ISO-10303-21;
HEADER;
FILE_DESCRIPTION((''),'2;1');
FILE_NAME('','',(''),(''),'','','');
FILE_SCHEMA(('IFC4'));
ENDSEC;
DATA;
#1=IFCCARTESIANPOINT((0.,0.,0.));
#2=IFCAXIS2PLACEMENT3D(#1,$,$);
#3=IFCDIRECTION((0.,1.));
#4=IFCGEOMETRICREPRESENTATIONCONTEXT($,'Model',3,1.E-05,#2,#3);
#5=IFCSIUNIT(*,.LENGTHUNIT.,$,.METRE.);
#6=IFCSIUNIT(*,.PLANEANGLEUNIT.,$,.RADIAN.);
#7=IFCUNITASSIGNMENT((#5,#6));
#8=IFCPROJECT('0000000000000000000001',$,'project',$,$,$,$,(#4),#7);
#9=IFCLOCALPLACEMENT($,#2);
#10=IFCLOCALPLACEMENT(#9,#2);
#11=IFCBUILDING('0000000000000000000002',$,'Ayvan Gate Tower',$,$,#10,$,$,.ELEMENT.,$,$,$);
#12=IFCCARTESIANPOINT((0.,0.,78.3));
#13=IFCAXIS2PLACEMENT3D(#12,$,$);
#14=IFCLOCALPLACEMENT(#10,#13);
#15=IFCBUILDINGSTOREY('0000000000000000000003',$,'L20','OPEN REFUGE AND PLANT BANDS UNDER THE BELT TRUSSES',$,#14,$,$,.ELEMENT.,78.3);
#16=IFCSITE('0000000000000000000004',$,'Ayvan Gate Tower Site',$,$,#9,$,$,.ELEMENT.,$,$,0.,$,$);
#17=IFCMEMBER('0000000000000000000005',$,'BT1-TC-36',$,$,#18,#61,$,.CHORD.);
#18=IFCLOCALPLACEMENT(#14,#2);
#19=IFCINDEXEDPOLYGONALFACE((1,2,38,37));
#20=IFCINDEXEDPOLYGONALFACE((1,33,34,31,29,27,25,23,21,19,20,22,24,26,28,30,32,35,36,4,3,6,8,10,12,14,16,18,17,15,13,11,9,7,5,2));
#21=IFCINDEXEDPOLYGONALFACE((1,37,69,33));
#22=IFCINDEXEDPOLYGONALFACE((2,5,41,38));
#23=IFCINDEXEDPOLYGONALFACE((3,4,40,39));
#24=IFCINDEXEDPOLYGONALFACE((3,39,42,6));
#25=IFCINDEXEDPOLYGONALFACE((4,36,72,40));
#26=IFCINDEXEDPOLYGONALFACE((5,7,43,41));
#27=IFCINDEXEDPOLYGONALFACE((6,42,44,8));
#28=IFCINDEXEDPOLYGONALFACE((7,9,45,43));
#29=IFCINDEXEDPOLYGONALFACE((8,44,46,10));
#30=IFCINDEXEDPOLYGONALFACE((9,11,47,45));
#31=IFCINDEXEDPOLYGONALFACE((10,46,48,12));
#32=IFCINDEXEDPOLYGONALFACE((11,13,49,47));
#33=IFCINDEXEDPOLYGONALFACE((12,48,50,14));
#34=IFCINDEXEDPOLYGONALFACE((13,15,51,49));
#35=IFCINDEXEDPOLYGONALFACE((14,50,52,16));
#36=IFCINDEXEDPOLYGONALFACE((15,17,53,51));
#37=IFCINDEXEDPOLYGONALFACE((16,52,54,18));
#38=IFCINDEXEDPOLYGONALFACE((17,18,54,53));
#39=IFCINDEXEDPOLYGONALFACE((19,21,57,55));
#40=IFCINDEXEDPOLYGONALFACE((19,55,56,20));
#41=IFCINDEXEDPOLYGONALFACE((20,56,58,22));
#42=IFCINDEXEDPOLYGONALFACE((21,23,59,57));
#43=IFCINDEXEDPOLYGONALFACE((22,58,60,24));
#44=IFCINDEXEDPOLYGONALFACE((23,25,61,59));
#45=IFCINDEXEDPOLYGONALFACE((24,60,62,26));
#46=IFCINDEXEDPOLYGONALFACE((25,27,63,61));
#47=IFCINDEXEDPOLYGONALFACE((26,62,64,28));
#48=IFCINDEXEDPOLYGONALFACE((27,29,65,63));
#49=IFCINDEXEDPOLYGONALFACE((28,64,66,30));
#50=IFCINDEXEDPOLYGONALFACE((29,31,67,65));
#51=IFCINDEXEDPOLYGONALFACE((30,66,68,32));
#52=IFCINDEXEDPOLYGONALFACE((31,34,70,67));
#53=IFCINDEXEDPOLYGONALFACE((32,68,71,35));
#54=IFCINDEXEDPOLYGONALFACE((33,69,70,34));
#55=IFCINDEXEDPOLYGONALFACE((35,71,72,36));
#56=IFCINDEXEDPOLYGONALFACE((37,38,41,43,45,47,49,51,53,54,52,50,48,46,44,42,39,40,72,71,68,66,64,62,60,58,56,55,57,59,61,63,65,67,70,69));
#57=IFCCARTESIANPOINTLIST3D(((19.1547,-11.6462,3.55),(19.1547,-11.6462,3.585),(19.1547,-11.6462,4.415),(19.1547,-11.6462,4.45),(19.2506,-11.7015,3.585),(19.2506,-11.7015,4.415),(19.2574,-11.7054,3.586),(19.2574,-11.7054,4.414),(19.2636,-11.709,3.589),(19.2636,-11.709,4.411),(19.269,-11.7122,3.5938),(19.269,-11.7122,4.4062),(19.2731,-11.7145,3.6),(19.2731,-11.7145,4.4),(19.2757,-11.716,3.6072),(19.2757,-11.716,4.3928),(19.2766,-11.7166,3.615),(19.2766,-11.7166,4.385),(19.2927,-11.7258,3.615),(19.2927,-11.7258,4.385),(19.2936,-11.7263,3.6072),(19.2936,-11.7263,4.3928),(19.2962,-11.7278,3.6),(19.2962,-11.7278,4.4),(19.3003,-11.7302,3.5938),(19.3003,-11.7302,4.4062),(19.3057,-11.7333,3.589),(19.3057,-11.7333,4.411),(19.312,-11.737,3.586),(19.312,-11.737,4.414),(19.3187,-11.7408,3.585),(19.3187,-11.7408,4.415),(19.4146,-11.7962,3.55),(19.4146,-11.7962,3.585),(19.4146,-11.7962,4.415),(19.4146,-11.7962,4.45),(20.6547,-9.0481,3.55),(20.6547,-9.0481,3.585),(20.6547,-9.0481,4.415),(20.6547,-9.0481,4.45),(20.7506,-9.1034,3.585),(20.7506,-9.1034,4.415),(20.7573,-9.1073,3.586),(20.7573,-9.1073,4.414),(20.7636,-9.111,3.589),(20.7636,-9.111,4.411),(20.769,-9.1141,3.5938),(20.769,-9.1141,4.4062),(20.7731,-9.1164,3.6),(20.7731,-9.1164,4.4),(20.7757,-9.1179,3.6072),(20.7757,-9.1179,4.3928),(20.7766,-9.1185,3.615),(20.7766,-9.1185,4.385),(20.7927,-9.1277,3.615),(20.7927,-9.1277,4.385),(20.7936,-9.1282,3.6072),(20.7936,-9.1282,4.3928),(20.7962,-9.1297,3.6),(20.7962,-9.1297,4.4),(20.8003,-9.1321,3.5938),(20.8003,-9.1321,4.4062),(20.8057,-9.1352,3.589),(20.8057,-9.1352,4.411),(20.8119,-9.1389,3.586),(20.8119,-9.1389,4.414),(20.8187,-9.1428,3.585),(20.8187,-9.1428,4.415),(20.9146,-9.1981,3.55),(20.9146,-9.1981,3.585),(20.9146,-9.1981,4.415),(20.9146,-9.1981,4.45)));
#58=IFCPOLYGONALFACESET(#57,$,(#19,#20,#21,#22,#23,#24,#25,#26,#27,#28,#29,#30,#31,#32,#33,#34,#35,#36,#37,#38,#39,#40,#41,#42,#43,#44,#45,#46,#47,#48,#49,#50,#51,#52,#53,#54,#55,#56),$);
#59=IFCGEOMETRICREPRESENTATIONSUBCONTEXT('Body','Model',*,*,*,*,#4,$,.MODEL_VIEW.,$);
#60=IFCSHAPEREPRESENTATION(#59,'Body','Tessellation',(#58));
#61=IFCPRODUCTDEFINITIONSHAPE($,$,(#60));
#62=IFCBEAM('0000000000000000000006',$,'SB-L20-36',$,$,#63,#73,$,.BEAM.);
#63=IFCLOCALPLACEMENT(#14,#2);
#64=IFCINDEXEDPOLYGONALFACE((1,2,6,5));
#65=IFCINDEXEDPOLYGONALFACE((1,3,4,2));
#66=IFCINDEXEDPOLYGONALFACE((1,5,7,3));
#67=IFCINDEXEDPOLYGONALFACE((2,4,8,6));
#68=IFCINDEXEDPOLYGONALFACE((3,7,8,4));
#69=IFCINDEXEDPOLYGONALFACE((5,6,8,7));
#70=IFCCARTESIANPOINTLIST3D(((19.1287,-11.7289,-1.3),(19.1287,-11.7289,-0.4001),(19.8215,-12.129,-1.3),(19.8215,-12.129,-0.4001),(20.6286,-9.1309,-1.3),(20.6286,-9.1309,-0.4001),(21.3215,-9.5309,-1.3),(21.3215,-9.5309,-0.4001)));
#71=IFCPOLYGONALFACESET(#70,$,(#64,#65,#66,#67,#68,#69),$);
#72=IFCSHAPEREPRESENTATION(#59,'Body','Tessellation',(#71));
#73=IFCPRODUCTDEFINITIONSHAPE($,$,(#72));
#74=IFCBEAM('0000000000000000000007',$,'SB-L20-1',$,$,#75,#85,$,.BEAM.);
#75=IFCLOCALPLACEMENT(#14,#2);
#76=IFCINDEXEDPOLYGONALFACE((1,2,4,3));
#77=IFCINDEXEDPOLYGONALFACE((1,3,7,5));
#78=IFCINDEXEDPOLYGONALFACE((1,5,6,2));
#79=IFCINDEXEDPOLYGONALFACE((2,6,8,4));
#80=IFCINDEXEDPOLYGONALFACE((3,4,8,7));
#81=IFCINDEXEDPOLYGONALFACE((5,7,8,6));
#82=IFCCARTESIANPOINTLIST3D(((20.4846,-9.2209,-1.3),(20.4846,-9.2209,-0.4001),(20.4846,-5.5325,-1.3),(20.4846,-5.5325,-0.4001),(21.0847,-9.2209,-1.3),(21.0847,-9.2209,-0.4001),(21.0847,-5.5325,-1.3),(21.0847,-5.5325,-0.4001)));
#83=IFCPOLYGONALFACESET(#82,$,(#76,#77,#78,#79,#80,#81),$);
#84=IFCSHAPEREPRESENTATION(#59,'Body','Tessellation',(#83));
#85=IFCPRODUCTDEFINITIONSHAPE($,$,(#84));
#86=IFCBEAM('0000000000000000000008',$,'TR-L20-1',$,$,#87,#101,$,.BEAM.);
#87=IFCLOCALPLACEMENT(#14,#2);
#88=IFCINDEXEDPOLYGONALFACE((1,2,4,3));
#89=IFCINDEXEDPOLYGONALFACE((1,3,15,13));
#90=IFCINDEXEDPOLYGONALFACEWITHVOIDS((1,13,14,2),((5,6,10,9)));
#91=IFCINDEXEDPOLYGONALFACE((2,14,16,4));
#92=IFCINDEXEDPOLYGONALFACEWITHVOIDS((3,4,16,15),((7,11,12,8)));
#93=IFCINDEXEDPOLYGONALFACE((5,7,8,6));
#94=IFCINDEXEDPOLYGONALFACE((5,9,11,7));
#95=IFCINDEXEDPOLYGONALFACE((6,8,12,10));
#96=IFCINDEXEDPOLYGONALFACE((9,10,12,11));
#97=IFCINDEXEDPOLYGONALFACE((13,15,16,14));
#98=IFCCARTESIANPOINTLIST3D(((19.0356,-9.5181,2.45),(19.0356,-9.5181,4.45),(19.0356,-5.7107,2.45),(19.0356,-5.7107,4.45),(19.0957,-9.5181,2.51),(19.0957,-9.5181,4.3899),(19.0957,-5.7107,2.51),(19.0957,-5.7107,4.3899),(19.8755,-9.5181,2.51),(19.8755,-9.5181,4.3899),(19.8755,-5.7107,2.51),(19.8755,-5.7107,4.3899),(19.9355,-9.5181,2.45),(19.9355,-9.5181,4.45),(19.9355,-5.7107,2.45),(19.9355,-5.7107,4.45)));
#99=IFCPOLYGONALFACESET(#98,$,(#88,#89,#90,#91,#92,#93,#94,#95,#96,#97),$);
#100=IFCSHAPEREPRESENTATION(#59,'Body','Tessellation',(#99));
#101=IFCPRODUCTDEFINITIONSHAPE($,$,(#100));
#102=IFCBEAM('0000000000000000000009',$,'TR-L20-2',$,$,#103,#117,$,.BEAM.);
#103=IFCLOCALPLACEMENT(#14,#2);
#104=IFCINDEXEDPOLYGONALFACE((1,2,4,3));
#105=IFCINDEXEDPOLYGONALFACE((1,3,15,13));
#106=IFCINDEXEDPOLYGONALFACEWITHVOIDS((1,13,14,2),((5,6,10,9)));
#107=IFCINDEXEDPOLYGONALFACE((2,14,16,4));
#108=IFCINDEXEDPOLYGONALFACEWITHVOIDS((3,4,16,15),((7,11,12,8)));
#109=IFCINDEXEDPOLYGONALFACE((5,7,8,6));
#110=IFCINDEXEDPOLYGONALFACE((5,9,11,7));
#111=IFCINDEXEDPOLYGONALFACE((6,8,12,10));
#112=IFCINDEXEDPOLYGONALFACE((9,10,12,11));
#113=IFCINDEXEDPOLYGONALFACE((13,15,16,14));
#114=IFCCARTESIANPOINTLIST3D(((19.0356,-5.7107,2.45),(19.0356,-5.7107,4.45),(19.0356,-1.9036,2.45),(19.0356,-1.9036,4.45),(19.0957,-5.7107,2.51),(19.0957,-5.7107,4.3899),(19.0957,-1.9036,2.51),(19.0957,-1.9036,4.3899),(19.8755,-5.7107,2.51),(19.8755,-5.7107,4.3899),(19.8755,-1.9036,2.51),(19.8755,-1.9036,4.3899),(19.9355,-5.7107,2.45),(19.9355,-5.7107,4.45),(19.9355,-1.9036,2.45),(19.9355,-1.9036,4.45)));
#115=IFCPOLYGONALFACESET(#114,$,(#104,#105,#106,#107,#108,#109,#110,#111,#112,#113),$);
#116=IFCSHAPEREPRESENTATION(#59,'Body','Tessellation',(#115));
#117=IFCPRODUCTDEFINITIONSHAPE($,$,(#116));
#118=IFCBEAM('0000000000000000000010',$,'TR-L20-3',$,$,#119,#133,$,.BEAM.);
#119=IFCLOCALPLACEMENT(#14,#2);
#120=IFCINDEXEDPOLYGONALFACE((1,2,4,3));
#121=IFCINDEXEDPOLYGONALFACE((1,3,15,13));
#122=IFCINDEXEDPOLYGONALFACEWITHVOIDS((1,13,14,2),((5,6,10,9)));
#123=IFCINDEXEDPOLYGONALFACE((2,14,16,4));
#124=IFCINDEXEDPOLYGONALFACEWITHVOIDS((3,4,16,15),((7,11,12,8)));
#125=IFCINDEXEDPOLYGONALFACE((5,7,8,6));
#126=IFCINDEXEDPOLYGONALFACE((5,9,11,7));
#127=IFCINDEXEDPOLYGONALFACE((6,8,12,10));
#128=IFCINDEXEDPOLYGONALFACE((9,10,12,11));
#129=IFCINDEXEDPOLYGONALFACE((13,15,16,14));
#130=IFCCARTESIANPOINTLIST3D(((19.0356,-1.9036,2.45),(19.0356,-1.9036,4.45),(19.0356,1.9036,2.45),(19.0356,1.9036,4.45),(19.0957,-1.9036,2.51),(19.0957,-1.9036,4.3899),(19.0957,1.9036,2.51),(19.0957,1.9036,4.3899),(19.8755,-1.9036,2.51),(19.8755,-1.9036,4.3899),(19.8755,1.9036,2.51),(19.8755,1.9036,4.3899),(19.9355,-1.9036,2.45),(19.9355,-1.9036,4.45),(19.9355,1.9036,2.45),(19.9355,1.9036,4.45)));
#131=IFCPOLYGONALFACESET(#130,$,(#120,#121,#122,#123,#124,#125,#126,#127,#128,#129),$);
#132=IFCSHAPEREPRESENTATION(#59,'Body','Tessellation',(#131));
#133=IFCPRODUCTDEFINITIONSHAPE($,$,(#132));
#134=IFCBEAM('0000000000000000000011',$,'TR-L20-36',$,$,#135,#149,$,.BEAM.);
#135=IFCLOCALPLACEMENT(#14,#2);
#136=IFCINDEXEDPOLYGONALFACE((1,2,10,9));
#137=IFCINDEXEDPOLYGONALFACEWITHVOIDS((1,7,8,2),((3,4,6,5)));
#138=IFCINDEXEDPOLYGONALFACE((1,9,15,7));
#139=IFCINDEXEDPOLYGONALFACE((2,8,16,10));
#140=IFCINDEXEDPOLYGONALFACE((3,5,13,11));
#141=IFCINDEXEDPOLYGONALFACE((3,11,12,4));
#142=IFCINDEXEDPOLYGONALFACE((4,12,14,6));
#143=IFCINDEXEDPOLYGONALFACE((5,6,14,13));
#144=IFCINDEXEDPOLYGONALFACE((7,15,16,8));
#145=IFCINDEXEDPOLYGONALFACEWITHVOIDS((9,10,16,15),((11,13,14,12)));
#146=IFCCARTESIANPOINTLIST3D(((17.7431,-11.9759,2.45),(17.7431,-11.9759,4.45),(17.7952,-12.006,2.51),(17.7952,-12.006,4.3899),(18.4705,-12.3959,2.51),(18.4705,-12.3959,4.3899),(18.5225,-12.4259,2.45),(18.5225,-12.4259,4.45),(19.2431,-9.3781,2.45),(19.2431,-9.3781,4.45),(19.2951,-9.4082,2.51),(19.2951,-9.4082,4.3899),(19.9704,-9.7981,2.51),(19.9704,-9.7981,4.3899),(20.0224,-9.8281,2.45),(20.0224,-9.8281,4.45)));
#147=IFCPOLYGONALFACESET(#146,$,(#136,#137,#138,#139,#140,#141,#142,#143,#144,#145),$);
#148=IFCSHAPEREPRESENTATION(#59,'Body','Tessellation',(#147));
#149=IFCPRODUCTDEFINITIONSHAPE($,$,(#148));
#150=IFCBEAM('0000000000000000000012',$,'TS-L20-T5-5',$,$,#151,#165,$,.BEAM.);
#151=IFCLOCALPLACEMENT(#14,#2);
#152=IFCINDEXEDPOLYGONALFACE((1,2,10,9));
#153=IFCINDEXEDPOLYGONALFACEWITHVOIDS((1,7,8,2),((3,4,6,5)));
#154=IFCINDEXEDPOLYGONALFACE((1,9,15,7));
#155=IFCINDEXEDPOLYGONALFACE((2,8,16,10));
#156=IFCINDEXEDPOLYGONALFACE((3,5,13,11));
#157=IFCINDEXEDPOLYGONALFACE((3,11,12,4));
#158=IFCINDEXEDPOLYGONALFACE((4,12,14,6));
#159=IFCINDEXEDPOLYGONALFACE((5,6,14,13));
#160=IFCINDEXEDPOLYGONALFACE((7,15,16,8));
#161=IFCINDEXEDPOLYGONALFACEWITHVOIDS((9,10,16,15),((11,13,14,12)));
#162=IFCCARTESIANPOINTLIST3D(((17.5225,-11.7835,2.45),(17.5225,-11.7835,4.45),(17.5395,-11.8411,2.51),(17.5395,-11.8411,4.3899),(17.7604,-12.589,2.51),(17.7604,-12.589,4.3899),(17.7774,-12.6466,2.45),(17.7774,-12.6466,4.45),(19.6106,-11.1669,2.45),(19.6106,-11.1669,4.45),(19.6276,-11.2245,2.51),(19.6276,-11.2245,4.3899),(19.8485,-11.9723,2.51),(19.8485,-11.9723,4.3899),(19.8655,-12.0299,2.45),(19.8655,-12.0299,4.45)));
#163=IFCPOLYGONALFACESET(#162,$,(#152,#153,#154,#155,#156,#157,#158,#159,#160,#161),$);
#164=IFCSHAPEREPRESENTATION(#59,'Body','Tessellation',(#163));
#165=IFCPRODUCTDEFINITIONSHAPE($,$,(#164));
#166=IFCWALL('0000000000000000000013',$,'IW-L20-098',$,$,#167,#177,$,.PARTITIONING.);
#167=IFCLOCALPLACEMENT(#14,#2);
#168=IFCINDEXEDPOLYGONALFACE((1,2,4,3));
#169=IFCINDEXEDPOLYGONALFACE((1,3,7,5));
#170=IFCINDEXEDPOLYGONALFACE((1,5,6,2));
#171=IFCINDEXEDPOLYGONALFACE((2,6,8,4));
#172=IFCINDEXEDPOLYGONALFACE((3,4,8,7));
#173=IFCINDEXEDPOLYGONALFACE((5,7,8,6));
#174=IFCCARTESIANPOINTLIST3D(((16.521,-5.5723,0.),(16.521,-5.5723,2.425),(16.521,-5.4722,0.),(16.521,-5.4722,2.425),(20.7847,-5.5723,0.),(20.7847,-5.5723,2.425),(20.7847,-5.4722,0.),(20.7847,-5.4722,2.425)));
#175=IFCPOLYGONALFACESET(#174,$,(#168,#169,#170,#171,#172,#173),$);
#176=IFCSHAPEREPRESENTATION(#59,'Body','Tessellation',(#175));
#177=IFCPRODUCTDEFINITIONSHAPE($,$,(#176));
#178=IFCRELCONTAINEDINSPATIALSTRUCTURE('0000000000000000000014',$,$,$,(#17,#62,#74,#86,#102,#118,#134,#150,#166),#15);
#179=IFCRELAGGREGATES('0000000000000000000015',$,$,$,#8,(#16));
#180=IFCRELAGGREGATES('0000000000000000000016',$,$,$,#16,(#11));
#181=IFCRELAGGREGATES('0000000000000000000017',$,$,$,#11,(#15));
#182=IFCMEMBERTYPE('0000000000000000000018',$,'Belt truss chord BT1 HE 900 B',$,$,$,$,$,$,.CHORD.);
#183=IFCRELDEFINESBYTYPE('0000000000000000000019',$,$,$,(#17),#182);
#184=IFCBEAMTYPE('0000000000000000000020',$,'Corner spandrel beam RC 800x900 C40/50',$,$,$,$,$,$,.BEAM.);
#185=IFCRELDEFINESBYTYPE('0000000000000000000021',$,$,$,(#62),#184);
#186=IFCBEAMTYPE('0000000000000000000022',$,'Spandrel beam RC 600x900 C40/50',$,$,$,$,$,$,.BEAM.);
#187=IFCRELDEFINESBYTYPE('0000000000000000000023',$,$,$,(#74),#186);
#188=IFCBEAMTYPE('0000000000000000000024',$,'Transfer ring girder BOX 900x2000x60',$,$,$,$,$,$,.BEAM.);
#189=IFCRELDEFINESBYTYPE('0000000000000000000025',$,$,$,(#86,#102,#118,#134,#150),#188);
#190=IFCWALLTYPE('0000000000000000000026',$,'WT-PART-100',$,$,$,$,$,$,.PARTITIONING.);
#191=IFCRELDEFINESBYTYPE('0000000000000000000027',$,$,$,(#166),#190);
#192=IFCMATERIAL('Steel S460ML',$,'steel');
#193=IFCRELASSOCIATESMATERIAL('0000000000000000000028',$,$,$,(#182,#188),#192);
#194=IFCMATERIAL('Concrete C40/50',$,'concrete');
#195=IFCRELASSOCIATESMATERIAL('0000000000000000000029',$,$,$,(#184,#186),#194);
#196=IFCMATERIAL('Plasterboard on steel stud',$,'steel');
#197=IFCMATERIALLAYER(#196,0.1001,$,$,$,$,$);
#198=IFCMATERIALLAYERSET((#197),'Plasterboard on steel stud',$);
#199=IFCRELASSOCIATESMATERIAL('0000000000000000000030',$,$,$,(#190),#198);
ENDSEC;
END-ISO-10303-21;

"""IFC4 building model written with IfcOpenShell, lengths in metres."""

from ifc_helpers import new_model, si_unit, direction, frame, frame_2d, origin, origin_2d, place, context, subcontext, project, spatial, rectangle, hollow_rectangle, i_section, extrude, material, layer, layer_set, material_profile, profile_set, type_object, element, save


model = new_model("IFC4")

# Units and contexts
model_context = context("Model", 3, precision=1e-05, world=origin(), true_north=direction((0.0, 1.0)))
body_context = subcontext(model_context, "Body", "Model", "MODEL_VIEW")
ifc_project = project(units=[si_unit("LENGTHUNIT", "METRE"), si_unit("PLANEANGLEUNIT", "RADIAN")], contexts=[model_context])

# Site, building, storey
site_placement = place(None, origin())
site = spatial("IfcSite", under=ifc_project, at=site_placement, Name="Ayvan Gate Tower Site", CompositionType="ELEMENT", RefElevation=0.0)
building_placement = place(site_placement, origin())
building = spatial("IfcBuilding", under=site, at=building_placement, Name="Ayvan Gate Tower", CompositionType="ELEMENT")
storey_placement = place(building_placement, frame((0.0, 0.0, 78.3)))
storey = spatial("IfcBuildingStorey", under=building, at=storey_placement, Name="L20", Description="OPEN REFUGE AND PLANT BANDS UNDER THE BELT TRUSSES", CompositionType="ELEMENT", Elevation=78.3)

# Member
ifc_material_1 = material(Name="Steel S460ML", Category="steel")
ifc_material_profile_1 = material_profile(ifc_material_1, i_section(OverallWidth=0.3, OverallDepth=0.8999, WebThickness=0.0186, FlangeThickness=0.0349, FilletRadius=0.03, at=origin_2d()), Name="HE 900 B")
ifc_profile_set_1 = profile_set([ifc_material_profile_1], Name="Steel S460ML")
member_type_1 = type_object("IfcMemberType", Name="Belt truss chord BT1 HE 900 B", PredefinedType="CHORD", material=ifc_profile_set_1)
for number, where, z_axis, x_axis, name in (
    (1, (19.2847, -11.7212, 4.0), (0.49999, 0.866031, 0.0), (-0.866031, 0.49999, 0.0), "BT1-TC-36"),
):
    element("IfcMember", number, at=place(storey_placement, frame(where, z_axis=z_axis, x_axis=x_axis)), inside=storey, type_object=member_type_1, Name=name, PredefinedType="CHORD", context=body_context, shape_type="SweptSolid", body=[
        extrude(i_section(OverallWidth=0.3, OverallDepth=0.8999, WebThickness=0.0186, FlangeThickness=0.0349, FilletRadius=0.03, at=origin_2d()), origin(), (0.0, 0.0, 1.0), 3.0),
    ])

# Beams
ifc_material_2 = material(Name="Concrete C40/50", Category="concrete")
ifc_material_profile_2 = material_profile(ifc_material_2, rectangle(XDim=0.8, YDim=0.8999, at=origin_2d()), Name="RC 800x900")
ifc_profile_set_2 = profile_set([ifc_material_profile_2], Name="Concrete C40/50")
beam_type_1 = type_object("IfcBeamType", Name="Corner spandrel beam RC 800x900 C40/50", PredefinedType="BEAM", material=ifc_profile_set_2)
beam_1_placement = place(storey_placement, frame((19.4751, -11.929, -0.8501), z_axis=(0.49999, 0.866031, 0.0), x_axis=(-0.866031, 0.49999, 0.0)))
element("IfcBeam", 2, at=beam_1_placement, inside=storey, type_object=beam_type_1, Name="SB-L20-36", PredefinedType="BEAM", context=body_context, shape_type="SweptSolid", body=[
    extrude(rectangle(XDim=0.8, YDim=0.8999, at=origin_2d()), origin(), (0.0, 0.0, 1.0), 3.0),
])
ifc_material_profile_3 = material_profile(ifc_material_2, rectangle(XDim=0.6001, YDim=0.8999, at=origin_2d()), Name="RC 600x900")
ifc_profile_set_3 = profile_set([ifc_material_profile_3], Name="Concrete C40/50")
beam_type_2 = type_object("IfcBeamType", Name="Spandrel beam RC 600x900 C40/50", PredefinedType="BEAM", material=ifc_profile_set_3)
beam_2_placement = place(storey_placement, frame((20.7847, -9.2209, -0.8501), z_axis=(0.0, 1.0, 0.0), x_axis=(-1.0, 0.0, 0.0)))
element("IfcBeam", 3, at=beam_2_placement, inside=storey, type_object=beam_type_2, Name="SB-L20-1", PredefinedType="BEAM", context=body_context, shape_type="SweptSolid", body=[
    extrude(rectangle(XDim=0.6001, YDim=0.8999, at=origin_2d()), origin(), (0.0, 0.0, 1.0), 3.6885),
])
ifc_material_profile_4 = material_profile(ifc_material_1, hollow_rectangle(XDim=0.8999, YDim=2.0, WallThickness=0.0601, at=origin_2d()), Name="BOX 900x2000x60")
ifc_profile_set_4 = profile_set([ifc_material_profile_4], Name="Steel S460ML")
beam_type_3 = type_object("IfcBeamType", Name="Transfer ring girder BOX 900x2000x60", PredefinedType="BEAM", material=ifc_profile_set_4)
beam_3_placement = place(storey_placement, frame((19.4856, -9.5181, 3.45), z_axis=(0.0, 1.0, 0.0), x_axis=(-1.0, 0.0, 0.0)))
element("IfcBeam", 4, at=beam_3_placement, inside=storey, type_object=beam_type_3, Name="TR-L20-1", PredefinedType="BEAM", context=body_context, shape_type="SweptSolid", body=[
    extrude(hollow_rectangle(XDim=0.8999, YDim=2.0, WallThickness=0.0601, at=origin_2d()), origin(), (0.0, 0.0, 1.0), 3.8074),
])
for number, where, z_axis, x_axis, name in (
    (5, (19.4856, -5.7107, 3.45), (0.0, 1.0, 0.0), (-1.0, 0.0, 0.0), "TR-L20-2"),
    (6, (19.4856, -1.9036, 3.45), (0.0, 1.0, 0.0), (-1.0, 0.0, 0.0), "TR-L20-3"),
):
    element("IfcBeam", number, at=place(storey_placement, frame(where, z_axis=z_axis, x_axis=x_axis)), inside=storey, type_object=beam_type_3, Name=name, PredefinedType="BEAM", context=body_context, shape_type="SweptSolid", body=[
        extrude(hollow_rectangle(XDim=0.8999, YDim=2.0, WallThickness=0.0601, at=origin_2d()), origin(), (0.0, 0.0, 1.0), 3.8071),
    ])
beam_4_placement = place(storey_placement, frame((18.1328, -12.2009, 3.45), z_axis=(0.500025, 0.866011, 0.0), x_axis=(-0.866011, 0.500025, 0.0)))
element("IfcBeam", 7, at=beam_4_placement, inside=storey, type_object=beam_type_3, Name="TR-L20-36", PredefinedType="BEAM", context=body_context, shape_type="SweptSolid", body=[
    extrude(hollow_rectangle(XDim=0.8999, YDim=2.0, WallThickness=0.0601, at=origin_2d()), origin(), (0.0, 0.0, 1.0), 2.9998),
])
beam_5_placement = place(storey_placement, frame((19.738, -11.5984, 3.45), z_axis=(-0.959049, -0.283241, 0.0), x_axis=(0.283241, -0.959049, 0.0)))
element("IfcBeam", 8, at=beam_5_placement, inside=storey, type_object=beam_type_3, Name="TS-L20-T5-5", PredefinedType="BEAM", context=body_context, shape_type="SweptSolid", body=[
    extrude(hollow_rectangle(XDim=0.8999, YDim=2.0, WallThickness=0.0601, at=origin_2d()), origin(), (0.0, 0.0, 1.0), 2.1772),
])

# Wall
ifc_material_3 = material(Name="Plasterboard on steel stud", Category="steel")
ifc_layer_1 = layer(ifc_material_3, 0.1001)
ifc_layer_set_1 = layer_set([ifc_layer_1], Name="Plasterboard on steel stud")
wall_type = type_object("IfcWallType", Name="WT-PART-100", PredefinedType="PARTITIONING", material=ifc_layer_set_1)
wall_placement = place(storey_placement, frame((16.521, -5.5222, 0.0), z_axis=(0.0, 0.0, 1.0), x_axis=(1.0, 0.0, 0.0)))
element("IfcWall", 9, at=wall_placement, inside=storey, type_object=wall_type, Name="IW-L20-098", PredefinedType="PARTITIONING", context=body_context, shape_type="SweptSolid", body=[
    extrude(rectangle(XDim=4.2637, YDim=0.1001, at=frame_2d((2.1318, 0.0))), origin(), (0.0, 0.0, 1.0), 2.425),
])

save(model, "model.ifc")
